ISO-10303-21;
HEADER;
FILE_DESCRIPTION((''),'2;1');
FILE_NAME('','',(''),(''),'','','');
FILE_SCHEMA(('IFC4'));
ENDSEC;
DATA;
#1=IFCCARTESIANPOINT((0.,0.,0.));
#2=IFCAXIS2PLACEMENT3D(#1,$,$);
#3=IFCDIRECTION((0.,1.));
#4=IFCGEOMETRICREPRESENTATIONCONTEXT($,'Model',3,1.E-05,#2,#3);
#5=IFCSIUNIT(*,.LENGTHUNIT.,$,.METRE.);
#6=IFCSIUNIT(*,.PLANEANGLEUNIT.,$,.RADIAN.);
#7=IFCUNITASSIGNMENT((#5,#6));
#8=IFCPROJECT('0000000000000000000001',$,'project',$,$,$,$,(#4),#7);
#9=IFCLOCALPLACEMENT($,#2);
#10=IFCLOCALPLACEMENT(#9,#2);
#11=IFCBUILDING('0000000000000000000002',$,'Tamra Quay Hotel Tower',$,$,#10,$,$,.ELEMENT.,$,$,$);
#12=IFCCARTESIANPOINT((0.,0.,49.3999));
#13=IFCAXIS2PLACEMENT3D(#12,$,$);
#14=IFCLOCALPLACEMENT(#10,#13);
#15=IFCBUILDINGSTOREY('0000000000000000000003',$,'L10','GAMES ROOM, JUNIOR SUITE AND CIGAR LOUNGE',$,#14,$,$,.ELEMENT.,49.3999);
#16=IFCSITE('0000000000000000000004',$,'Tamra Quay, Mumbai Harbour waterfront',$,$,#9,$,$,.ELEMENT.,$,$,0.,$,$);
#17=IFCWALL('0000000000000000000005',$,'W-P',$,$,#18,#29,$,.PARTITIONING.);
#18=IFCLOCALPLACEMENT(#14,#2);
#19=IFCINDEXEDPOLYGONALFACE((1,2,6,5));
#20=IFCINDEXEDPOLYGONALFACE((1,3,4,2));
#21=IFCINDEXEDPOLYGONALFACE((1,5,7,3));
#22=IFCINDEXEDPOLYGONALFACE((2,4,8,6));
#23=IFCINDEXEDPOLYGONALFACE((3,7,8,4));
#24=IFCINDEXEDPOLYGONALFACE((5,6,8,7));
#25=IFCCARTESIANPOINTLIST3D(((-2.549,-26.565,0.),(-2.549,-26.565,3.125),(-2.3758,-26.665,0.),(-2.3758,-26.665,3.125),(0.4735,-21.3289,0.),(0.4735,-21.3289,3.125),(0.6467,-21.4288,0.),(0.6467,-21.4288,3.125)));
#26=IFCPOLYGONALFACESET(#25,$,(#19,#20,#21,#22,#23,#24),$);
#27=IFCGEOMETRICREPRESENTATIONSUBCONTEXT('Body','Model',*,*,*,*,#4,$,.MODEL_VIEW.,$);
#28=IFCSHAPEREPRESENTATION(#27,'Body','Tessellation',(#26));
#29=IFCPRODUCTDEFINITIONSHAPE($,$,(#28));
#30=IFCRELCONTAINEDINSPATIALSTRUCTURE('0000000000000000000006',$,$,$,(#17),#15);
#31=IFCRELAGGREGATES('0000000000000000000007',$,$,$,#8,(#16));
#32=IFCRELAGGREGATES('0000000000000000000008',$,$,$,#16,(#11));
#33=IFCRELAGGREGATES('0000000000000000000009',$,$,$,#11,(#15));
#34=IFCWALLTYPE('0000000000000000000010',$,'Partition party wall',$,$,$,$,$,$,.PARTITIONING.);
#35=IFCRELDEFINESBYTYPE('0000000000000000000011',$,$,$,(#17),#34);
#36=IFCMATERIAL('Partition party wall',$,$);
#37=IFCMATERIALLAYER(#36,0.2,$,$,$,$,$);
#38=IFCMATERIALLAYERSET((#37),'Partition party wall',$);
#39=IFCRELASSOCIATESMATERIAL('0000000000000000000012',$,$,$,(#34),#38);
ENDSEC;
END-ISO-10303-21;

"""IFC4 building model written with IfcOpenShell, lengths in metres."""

from ifc_helpers import new_model, si_unit, direction, frame, frame_2d, origin, place, context, subcontext, project, spatial, rectangle, extrude, material, layer, layer_set, type_object, element, save


model = new_model("IFC4")

# Units and contexts
model_context = context("Model", 3, precision=1e-05, world=origin(), true_north=direction((0.0, 1.0)))
body_context = subcontext(model_context, "Body", "Model", "MODEL_VIEW")
ifc_project = project(units=[si_unit("LENGTHUNIT", "METRE"), si_unit("PLANEANGLEUNIT", "RADIAN")], contexts=[model_context])

# Site, building, storey
site_placement = place(None, origin())
site = spatial("IfcSite", under=ifc_project, at=site_placement, Name="Tamra Quay, Mumbai Harbour waterfront", CompositionType="ELEMENT", RefElevation=0.0)
building_placement = place(site_placement, origin())
building = spatial("IfcBuilding", under=site, at=building_placement, Name="Tamra Quay Hotel Tower", CompositionType="ELEMENT")
storey_placement = place(building_placement, frame((0.0, 0.0, 49.3999)))
storey = spatial("IfcBuildingStorey", under=building, at=storey_placement, Name="L10", Description="GAMES ROOM, JUNIOR SUITE AND CIGAR LOUNGE", CompositionType="ELEMENT", Elevation=49.3999)

# Wall
ifc_material_1 = material(Name="Partition party wall")
ifc_layer_1 = layer(ifc_material_1, 0.2)
ifc_layer_set_1 = layer_set([ifc_layer_1], Name="Partition party wall")
wall_type_1 = type_object("IfcWallType", Name="Partition party wall", PredefinedType="PARTITIONING", material=ifc_layer_set_1)
wall_1_placement = place(storey_placement, frame((-2.4624, -26.615, 0.0), z_axis=(0.0, 0.0, 1.0), x_axis=(0.499926, 0.866068, 0.0)))
element("IfcWall", 1, at=wall_1_placement, inside=storey, type_object=wall_type_1, Name="W-P", PredefinedType="PARTITIONING", context=body_context, shape_type="SweptSolid", body=[
    extrude(rectangle(XDim=6.0459, YDim=0.2, at=frame_2d((3.0229, 0.0))), origin(), (0.0, 0.0, 1.0), 3.125),
])

save(model, "model.ifc")
